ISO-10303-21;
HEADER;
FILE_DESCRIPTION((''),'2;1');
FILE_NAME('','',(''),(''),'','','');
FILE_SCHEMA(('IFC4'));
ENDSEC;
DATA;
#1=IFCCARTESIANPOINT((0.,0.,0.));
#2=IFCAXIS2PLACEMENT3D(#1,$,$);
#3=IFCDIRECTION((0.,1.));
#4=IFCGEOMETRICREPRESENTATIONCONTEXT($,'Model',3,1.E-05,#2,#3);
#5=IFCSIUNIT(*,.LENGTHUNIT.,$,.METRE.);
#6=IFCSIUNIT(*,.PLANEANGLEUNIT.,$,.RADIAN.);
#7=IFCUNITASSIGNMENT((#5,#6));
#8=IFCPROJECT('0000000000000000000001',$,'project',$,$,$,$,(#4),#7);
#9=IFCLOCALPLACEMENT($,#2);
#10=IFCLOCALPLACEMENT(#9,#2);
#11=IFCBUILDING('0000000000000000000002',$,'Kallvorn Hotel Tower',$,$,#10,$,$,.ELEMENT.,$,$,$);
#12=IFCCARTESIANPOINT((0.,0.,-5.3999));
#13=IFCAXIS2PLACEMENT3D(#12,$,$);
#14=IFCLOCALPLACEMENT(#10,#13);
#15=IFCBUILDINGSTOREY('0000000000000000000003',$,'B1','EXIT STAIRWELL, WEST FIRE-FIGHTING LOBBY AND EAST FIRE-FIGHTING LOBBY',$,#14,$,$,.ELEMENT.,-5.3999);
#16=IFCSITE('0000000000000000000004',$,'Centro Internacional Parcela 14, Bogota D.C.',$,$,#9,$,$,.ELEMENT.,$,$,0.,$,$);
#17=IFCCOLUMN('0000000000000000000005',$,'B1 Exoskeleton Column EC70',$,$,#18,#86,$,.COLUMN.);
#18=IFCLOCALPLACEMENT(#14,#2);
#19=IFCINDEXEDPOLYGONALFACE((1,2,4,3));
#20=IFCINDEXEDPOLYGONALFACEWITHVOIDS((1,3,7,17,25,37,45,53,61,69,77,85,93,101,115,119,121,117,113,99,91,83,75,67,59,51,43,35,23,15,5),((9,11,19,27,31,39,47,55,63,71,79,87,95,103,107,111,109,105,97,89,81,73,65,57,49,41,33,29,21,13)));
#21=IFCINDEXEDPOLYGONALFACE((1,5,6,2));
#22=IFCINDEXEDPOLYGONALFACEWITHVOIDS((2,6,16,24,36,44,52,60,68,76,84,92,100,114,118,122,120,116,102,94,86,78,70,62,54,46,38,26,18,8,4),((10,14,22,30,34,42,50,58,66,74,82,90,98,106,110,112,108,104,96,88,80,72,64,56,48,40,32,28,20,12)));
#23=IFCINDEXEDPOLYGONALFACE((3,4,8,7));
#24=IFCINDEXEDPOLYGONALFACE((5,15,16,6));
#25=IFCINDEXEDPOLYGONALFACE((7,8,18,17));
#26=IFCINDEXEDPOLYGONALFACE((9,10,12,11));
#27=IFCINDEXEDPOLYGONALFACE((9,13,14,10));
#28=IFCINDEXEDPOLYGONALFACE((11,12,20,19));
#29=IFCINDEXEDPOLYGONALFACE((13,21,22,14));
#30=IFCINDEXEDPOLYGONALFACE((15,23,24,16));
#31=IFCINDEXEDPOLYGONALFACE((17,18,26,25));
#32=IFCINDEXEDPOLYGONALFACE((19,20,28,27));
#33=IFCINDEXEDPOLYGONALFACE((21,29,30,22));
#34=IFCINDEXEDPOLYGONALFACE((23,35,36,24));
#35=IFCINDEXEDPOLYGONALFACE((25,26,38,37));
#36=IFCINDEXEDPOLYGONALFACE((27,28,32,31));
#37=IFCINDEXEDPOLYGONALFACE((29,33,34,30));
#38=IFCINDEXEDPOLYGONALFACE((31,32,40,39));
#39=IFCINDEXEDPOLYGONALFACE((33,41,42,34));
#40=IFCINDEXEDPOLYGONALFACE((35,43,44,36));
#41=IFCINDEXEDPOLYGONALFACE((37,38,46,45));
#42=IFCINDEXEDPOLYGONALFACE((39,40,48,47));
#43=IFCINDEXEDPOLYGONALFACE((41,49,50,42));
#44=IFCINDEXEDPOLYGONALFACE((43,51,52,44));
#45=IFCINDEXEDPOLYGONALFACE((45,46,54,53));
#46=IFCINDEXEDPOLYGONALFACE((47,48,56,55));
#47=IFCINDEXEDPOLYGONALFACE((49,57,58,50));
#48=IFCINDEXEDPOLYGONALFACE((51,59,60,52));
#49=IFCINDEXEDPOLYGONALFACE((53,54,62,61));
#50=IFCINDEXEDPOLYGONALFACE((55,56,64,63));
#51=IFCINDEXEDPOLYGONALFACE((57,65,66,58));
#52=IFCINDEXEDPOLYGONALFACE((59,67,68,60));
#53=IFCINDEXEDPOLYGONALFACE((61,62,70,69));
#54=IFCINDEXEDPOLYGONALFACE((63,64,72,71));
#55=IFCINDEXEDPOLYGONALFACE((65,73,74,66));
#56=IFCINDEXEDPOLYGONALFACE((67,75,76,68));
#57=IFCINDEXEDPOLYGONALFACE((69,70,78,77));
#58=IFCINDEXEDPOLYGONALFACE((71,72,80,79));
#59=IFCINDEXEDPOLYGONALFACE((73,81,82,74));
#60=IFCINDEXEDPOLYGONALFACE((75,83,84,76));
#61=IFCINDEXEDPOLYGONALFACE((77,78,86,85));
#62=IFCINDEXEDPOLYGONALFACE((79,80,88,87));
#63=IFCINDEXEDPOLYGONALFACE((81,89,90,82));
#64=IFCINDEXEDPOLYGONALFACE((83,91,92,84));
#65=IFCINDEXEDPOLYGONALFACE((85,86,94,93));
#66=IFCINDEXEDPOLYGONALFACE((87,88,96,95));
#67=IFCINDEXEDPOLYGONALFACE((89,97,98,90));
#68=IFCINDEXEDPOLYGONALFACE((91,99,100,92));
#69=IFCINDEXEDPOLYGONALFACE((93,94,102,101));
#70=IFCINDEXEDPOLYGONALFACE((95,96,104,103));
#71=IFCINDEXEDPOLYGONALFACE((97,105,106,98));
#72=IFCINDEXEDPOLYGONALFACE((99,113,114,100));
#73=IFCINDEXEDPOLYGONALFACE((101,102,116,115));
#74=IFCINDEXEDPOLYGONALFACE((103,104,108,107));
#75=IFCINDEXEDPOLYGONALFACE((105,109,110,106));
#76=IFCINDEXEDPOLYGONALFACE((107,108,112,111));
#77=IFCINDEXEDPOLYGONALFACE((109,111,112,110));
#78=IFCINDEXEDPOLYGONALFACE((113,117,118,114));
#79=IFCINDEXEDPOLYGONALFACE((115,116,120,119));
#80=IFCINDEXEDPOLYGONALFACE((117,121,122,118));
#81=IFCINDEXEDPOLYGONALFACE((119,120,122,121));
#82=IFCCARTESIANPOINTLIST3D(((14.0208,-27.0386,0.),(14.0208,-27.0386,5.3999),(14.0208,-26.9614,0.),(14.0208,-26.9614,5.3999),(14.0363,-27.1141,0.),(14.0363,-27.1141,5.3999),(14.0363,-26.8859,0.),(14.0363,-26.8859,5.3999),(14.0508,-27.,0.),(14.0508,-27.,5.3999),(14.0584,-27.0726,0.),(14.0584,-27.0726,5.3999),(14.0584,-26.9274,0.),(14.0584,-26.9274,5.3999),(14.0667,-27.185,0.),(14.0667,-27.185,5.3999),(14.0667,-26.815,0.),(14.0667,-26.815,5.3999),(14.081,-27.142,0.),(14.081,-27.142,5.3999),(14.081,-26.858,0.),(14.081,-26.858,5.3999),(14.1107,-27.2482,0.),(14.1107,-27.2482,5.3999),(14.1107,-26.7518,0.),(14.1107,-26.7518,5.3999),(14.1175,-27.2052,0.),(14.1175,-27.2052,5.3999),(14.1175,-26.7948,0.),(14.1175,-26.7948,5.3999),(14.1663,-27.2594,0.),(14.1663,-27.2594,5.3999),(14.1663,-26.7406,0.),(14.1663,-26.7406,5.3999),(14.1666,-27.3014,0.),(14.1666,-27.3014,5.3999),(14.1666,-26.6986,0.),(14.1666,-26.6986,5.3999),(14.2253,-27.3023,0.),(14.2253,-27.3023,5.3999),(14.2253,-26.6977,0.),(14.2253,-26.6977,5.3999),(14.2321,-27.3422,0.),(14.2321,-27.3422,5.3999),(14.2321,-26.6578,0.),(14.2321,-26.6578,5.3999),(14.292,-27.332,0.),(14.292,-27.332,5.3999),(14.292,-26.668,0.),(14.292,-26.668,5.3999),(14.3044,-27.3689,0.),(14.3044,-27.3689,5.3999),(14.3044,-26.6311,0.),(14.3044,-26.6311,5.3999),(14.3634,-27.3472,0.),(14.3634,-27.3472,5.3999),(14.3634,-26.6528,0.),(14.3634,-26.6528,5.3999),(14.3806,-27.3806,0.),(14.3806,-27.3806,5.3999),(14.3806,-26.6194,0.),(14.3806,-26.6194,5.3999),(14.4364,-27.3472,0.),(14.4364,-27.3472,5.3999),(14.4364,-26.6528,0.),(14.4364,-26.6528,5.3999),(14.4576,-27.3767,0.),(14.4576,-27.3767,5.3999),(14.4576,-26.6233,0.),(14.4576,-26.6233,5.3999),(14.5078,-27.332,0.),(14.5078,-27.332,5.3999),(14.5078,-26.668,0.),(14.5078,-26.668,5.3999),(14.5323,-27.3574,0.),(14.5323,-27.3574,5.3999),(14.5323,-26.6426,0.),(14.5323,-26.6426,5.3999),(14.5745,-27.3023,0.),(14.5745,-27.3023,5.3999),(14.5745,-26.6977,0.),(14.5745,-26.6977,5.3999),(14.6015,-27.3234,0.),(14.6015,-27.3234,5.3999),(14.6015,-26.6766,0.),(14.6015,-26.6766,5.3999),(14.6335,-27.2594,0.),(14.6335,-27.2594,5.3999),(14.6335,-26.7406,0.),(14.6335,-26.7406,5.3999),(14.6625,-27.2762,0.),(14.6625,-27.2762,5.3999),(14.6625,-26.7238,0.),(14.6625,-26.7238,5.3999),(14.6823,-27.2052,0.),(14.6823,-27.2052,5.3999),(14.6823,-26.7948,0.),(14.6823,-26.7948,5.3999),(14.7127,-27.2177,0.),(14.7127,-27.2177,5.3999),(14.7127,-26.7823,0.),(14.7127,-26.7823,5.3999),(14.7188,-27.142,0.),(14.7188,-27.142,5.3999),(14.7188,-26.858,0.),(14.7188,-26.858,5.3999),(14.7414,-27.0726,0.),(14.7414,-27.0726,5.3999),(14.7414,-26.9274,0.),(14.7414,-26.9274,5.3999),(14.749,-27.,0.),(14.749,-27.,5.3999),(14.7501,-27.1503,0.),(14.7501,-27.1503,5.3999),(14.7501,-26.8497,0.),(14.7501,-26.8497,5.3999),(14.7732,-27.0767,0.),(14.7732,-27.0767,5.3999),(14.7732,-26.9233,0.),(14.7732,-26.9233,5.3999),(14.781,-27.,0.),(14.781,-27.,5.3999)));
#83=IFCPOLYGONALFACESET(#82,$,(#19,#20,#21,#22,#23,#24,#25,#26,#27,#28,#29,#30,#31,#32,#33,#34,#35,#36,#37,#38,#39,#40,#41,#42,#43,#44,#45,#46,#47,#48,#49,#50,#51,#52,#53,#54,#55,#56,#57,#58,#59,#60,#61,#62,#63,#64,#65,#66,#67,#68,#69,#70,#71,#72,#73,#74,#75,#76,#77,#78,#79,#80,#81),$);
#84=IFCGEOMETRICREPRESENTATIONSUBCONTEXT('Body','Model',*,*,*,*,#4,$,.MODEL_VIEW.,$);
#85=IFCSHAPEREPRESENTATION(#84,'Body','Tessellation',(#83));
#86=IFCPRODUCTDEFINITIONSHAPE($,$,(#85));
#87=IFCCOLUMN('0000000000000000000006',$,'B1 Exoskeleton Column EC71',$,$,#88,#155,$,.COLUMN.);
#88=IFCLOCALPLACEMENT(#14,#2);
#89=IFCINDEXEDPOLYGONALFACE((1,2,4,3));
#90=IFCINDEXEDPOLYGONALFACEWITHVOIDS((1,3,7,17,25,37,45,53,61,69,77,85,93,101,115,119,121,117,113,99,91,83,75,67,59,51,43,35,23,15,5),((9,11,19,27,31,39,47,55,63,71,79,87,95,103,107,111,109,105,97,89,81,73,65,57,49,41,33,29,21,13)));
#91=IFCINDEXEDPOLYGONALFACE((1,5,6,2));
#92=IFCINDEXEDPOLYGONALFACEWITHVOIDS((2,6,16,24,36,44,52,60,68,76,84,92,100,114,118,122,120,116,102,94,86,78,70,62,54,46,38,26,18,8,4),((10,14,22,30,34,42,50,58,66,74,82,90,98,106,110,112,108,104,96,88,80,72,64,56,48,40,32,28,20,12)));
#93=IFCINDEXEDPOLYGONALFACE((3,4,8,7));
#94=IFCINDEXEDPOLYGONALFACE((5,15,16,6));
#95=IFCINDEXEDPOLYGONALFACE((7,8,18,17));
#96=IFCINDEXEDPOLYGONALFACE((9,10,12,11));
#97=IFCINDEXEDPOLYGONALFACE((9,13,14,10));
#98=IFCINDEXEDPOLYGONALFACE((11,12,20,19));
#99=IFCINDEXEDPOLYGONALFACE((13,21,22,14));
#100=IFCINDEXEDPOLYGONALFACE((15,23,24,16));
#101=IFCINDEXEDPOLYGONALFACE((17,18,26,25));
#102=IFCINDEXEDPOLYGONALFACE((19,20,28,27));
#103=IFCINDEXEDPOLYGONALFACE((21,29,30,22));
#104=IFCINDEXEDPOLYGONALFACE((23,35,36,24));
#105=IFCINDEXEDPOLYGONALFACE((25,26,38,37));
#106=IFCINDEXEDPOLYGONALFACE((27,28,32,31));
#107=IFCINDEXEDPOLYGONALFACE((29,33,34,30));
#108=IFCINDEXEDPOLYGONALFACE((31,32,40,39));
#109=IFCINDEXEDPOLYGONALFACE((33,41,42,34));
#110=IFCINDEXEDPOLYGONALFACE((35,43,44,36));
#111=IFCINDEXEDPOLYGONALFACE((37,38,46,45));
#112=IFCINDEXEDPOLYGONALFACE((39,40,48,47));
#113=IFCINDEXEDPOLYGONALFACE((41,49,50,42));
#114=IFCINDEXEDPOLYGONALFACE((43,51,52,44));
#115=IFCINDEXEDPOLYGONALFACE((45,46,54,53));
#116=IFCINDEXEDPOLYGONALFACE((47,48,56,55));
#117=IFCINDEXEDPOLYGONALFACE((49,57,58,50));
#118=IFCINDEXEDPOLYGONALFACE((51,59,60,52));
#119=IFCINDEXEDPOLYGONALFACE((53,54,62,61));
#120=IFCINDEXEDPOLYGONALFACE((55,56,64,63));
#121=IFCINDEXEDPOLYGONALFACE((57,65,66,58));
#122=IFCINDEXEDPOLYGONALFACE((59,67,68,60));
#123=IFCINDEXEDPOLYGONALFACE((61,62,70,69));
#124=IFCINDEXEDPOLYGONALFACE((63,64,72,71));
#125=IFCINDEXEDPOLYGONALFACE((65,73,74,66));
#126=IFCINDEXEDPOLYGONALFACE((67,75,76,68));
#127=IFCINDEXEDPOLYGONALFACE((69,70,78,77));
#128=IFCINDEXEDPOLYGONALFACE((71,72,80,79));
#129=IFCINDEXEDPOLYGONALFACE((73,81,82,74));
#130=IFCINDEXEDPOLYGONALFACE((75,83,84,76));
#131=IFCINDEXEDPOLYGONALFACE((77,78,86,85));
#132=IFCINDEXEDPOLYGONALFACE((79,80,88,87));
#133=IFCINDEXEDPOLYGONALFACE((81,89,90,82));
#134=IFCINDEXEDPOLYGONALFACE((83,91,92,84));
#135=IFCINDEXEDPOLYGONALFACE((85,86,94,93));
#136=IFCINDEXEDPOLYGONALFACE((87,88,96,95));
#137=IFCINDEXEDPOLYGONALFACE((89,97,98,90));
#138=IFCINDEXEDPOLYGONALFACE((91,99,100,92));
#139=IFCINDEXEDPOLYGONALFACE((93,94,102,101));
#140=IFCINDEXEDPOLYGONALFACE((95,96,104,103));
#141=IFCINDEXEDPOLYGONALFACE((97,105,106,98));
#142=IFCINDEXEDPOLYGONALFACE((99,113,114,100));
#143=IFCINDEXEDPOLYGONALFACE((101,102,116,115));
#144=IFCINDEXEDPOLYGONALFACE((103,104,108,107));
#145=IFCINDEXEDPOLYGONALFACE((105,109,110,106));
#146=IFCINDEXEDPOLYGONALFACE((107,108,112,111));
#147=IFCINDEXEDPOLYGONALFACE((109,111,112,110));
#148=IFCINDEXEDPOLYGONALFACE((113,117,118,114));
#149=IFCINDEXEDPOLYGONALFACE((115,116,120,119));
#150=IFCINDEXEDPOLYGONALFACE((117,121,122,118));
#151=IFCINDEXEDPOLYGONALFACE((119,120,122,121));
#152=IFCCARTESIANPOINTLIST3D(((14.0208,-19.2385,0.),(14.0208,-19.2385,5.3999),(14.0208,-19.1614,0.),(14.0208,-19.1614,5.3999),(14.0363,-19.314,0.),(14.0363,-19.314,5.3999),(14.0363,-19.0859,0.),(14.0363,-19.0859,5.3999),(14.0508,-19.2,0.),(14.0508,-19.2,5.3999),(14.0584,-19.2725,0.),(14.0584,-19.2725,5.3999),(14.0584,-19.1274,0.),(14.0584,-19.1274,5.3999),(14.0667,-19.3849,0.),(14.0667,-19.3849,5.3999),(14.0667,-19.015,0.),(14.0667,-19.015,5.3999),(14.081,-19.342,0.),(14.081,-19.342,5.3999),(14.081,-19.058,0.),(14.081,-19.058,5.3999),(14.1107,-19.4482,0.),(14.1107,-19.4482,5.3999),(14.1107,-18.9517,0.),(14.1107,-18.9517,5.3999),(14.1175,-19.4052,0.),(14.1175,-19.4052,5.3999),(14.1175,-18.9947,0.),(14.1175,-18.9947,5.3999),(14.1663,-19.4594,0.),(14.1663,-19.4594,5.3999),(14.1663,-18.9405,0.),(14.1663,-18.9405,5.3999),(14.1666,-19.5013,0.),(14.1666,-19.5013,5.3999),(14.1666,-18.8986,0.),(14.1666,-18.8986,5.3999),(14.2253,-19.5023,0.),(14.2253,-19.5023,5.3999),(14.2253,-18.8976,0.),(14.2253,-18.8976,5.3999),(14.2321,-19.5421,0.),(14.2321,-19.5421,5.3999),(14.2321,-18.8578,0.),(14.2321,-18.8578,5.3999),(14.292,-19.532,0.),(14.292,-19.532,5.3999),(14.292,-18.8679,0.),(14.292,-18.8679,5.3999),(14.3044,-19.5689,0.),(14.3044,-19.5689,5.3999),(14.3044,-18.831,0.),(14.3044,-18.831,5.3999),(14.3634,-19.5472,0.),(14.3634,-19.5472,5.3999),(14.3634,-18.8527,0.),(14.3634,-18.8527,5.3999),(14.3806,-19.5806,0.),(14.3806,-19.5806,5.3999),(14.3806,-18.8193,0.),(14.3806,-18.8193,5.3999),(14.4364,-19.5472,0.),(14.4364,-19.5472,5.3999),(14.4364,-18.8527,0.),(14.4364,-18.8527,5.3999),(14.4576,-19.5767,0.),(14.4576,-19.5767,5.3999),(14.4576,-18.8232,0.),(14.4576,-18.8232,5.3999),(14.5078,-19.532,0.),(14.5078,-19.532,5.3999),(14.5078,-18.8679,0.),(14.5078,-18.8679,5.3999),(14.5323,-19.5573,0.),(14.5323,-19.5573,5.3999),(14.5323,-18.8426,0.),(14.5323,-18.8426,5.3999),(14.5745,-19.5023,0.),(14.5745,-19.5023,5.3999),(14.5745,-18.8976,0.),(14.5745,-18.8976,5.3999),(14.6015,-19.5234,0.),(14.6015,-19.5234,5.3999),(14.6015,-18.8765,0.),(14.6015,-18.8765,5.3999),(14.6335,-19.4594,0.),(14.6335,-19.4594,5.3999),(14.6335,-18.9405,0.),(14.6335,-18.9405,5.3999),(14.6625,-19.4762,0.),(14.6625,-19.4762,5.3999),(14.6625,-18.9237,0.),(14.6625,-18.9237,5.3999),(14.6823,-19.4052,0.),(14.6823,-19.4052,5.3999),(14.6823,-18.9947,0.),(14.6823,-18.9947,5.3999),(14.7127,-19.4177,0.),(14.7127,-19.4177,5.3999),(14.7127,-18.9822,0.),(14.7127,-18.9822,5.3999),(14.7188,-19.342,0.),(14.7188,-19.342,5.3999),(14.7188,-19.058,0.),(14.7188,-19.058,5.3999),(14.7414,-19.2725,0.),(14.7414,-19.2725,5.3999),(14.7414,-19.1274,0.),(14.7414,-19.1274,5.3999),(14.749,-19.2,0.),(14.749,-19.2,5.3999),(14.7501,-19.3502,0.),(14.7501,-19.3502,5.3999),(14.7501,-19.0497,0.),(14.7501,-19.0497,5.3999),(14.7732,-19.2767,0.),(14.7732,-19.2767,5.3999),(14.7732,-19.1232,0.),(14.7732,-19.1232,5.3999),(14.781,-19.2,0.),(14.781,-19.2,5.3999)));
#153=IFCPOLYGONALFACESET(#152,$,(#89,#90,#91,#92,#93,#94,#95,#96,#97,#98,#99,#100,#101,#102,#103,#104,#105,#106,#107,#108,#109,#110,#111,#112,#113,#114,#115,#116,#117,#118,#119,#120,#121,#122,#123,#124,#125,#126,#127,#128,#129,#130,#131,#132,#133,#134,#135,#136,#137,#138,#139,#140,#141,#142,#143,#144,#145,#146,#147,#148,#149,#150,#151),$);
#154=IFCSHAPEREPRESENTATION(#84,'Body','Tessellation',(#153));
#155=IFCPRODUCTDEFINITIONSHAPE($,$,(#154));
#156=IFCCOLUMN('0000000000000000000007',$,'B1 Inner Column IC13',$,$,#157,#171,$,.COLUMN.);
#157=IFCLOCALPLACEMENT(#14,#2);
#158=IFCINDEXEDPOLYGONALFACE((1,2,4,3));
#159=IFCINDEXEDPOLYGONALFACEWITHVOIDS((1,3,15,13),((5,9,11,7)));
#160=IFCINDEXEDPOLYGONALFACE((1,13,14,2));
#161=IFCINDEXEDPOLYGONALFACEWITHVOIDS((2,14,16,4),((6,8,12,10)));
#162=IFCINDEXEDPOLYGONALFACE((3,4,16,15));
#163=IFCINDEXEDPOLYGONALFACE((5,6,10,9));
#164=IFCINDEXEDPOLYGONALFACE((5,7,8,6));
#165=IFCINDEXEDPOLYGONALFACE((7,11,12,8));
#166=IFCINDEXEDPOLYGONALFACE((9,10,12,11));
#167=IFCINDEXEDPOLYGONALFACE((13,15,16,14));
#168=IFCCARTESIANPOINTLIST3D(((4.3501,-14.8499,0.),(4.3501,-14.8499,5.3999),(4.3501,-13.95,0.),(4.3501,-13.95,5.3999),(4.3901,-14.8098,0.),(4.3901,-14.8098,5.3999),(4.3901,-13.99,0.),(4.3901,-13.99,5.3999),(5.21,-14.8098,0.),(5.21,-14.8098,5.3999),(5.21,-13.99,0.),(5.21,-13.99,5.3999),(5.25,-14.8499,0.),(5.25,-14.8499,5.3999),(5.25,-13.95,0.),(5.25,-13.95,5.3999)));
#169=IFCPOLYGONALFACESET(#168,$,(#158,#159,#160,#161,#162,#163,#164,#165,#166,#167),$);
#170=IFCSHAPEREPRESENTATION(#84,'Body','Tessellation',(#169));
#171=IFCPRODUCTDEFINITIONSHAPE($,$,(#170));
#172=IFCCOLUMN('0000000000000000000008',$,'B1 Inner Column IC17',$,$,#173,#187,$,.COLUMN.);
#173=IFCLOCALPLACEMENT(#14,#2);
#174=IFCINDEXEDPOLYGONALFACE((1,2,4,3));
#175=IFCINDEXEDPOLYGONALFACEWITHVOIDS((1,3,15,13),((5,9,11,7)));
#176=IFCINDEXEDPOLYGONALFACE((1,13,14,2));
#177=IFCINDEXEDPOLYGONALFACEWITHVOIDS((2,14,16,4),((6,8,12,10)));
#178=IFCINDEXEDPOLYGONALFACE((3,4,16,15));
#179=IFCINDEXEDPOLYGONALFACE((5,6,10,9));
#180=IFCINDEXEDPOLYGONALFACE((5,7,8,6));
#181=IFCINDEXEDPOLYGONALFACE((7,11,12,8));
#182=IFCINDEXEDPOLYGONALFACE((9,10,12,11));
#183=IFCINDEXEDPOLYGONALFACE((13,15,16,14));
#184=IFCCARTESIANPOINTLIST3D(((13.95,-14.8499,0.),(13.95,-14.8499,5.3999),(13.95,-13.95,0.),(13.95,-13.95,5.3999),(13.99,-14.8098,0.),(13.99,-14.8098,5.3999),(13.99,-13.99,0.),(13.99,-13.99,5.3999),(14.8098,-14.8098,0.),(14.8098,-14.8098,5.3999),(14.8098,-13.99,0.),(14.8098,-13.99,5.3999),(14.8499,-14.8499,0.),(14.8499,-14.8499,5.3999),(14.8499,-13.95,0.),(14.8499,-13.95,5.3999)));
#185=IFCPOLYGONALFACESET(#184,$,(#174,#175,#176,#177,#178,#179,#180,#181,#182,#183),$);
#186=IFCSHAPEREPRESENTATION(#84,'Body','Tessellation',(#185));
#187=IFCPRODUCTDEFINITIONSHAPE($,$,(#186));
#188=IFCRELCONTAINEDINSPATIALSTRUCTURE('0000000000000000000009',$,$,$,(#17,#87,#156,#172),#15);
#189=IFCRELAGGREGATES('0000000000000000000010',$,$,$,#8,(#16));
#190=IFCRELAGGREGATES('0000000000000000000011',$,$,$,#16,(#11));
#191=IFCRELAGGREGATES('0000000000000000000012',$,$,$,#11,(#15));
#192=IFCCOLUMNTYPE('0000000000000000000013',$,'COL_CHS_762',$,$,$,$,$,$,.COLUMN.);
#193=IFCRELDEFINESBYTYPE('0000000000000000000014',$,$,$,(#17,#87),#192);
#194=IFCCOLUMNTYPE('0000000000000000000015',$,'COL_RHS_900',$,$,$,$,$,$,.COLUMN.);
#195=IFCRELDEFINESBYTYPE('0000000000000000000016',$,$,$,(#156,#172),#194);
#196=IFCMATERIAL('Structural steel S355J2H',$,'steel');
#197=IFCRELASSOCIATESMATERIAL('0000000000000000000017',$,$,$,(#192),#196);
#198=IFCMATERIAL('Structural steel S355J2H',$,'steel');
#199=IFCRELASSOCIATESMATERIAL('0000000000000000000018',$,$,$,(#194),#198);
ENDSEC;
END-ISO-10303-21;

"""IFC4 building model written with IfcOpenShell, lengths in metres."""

from ifc_helpers import new_model, si_unit, direction, frame, origin, origin_2d, place, context, subcontext, project, spatial, hollow_rectangle, hollow_circle, extrude, material, material_profile, profile_set, type_object, element, save


model = new_model("IFC4")

# Units and contexts
model_context = context("Model", 3, precision=1e-05, world=origin(), true_north=direction((0.0, 1.0)))
body_context = subcontext(model_context, "Body", "Model", "MODEL_VIEW")
ifc_project = project(units=[si_unit("LENGTHUNIT", "METRE"), si_unit("PLANEANGLEUNIT", "RADIAN")], contexts=[model_context])

# Site, building, storey
site_placement = place(None, origin())
site = spatial("IfcSite", under=ifc_project, at=site_placement, Name="Centro Internacional Parcela 14, Bogota D.C.", CompositionType="ELEMENT", RefElevation=0.0)
building_placement = place(site_placement, origin())
building = spatial("IfcBuilding", under=site, at=building_placement, Name="Kallvorn Hotel Tower", CompositionType="ELEMENT")
storey_placement = place(building_placement, frame((0.0, 0.0, -5.3999)))
storey = spatial("IfcBuildingStorey", under=building, at=storey_placement, Name="B1", Description="EXIT STAIRWELL, WEST FIRE-FIGHTING LOBBY AND EAST FIRE-FIGHTING LOBBY", CompositionType="ELEMENT", Elevation=-5.3999)

# Columns
ifc_material_1 = material(Name="Structural steel S355J2H", Category="steel")
ifc_material_profile_1 = material_profile(ifc_material_1, hollow_circle(Radius=0.3811, WallThickness=0.032, at=origin_2d()), Name="CHS 762x32")
ifc_profile_set_1 = profile_set([ifc_material_profile_1], Name="Structural steel S355J2H")
column_type_1 = type_object("IfcColumnType", Name="COL_CHS_762", PredefinedType="COLUMN", material=ifc_profile_set_1)
for number, where, z_axis, x_axis, name in (
    (1, (14.3999, -27.0, 0.0), (0.0, 0.0, 1.0), (1.0, 0.0, 0.0), "B1 Exoskeleton Column EC70"),
    (2, (14.3999, -19.2, 0.0), (0.0, 0.0, 1.0), (1.0, 0.0, 0.0), "B1 Exoskeleton Column EC71"),
):
    element("IfcColumn", number, at=place(storey_placement, frame(where, z_axis=z_axis, x_axis=x_axis)), inside=storey, type_object=column_type_1, Name=name, PredefinedType="COLUMN", context=body_context, shape_type="SweptSolid", body=[
        extrude(hollow_circle(Radius=0.3811, WallThickness=0.032, at=origin_2d()), origin(), (0.0, 0.0, 1.0), 5.3999),
    ])
ifc_material_2 = material(Name="Structural steel S355J2H", Category="steel")
ifc_material_profile_2 = material_profile(ifc_material_2, hollow_rectangle(XDim=0.8999, YDim=0.8999, WallThickness=0.04, at=origin_2d()), Name="RHS 900x900x40")
ifc_profile_set_2 = profile_set([ifc_material_profile_2], Name="Structural steel S355J2H")
column_type_2 = type_object("IfcColumnType", Name="COL_RHS_900", PredefinedType="COLUMN", material=ifc_profile_set_2)
for number, where, z_axis, x_axis, name in (
    (3, (4.8, -14.3999, 0.0), (0.0, 0.0, 1.0), (1.0, 0.0, 0.0), "B1 Inner Column IC13"),
    (4, (14.3999, -14.3999, 0.0), (0.0, 0.0, 1.0), (1.0, 0.0, 0.0), "B1 Inner Column IC17"),
):
    element("IfcColumn", number, at=place(storey_placement, frame(where, z_axis=z_axis, x_axis=x_axis)), inside=storey, type_object=column_type_2, Name=name, PredefinedType="COLUMN", context=body_context, shape_type="SweptSolid", body=[
        extrude(hollow_rectangle(XDim=0.8999, YDim=0.8999, WallThickness=0.04, at=origin_2d()), origin(), (0.0, 0.0, 1.0), 5.3999),
    ])

save(model, "model.ifc")
